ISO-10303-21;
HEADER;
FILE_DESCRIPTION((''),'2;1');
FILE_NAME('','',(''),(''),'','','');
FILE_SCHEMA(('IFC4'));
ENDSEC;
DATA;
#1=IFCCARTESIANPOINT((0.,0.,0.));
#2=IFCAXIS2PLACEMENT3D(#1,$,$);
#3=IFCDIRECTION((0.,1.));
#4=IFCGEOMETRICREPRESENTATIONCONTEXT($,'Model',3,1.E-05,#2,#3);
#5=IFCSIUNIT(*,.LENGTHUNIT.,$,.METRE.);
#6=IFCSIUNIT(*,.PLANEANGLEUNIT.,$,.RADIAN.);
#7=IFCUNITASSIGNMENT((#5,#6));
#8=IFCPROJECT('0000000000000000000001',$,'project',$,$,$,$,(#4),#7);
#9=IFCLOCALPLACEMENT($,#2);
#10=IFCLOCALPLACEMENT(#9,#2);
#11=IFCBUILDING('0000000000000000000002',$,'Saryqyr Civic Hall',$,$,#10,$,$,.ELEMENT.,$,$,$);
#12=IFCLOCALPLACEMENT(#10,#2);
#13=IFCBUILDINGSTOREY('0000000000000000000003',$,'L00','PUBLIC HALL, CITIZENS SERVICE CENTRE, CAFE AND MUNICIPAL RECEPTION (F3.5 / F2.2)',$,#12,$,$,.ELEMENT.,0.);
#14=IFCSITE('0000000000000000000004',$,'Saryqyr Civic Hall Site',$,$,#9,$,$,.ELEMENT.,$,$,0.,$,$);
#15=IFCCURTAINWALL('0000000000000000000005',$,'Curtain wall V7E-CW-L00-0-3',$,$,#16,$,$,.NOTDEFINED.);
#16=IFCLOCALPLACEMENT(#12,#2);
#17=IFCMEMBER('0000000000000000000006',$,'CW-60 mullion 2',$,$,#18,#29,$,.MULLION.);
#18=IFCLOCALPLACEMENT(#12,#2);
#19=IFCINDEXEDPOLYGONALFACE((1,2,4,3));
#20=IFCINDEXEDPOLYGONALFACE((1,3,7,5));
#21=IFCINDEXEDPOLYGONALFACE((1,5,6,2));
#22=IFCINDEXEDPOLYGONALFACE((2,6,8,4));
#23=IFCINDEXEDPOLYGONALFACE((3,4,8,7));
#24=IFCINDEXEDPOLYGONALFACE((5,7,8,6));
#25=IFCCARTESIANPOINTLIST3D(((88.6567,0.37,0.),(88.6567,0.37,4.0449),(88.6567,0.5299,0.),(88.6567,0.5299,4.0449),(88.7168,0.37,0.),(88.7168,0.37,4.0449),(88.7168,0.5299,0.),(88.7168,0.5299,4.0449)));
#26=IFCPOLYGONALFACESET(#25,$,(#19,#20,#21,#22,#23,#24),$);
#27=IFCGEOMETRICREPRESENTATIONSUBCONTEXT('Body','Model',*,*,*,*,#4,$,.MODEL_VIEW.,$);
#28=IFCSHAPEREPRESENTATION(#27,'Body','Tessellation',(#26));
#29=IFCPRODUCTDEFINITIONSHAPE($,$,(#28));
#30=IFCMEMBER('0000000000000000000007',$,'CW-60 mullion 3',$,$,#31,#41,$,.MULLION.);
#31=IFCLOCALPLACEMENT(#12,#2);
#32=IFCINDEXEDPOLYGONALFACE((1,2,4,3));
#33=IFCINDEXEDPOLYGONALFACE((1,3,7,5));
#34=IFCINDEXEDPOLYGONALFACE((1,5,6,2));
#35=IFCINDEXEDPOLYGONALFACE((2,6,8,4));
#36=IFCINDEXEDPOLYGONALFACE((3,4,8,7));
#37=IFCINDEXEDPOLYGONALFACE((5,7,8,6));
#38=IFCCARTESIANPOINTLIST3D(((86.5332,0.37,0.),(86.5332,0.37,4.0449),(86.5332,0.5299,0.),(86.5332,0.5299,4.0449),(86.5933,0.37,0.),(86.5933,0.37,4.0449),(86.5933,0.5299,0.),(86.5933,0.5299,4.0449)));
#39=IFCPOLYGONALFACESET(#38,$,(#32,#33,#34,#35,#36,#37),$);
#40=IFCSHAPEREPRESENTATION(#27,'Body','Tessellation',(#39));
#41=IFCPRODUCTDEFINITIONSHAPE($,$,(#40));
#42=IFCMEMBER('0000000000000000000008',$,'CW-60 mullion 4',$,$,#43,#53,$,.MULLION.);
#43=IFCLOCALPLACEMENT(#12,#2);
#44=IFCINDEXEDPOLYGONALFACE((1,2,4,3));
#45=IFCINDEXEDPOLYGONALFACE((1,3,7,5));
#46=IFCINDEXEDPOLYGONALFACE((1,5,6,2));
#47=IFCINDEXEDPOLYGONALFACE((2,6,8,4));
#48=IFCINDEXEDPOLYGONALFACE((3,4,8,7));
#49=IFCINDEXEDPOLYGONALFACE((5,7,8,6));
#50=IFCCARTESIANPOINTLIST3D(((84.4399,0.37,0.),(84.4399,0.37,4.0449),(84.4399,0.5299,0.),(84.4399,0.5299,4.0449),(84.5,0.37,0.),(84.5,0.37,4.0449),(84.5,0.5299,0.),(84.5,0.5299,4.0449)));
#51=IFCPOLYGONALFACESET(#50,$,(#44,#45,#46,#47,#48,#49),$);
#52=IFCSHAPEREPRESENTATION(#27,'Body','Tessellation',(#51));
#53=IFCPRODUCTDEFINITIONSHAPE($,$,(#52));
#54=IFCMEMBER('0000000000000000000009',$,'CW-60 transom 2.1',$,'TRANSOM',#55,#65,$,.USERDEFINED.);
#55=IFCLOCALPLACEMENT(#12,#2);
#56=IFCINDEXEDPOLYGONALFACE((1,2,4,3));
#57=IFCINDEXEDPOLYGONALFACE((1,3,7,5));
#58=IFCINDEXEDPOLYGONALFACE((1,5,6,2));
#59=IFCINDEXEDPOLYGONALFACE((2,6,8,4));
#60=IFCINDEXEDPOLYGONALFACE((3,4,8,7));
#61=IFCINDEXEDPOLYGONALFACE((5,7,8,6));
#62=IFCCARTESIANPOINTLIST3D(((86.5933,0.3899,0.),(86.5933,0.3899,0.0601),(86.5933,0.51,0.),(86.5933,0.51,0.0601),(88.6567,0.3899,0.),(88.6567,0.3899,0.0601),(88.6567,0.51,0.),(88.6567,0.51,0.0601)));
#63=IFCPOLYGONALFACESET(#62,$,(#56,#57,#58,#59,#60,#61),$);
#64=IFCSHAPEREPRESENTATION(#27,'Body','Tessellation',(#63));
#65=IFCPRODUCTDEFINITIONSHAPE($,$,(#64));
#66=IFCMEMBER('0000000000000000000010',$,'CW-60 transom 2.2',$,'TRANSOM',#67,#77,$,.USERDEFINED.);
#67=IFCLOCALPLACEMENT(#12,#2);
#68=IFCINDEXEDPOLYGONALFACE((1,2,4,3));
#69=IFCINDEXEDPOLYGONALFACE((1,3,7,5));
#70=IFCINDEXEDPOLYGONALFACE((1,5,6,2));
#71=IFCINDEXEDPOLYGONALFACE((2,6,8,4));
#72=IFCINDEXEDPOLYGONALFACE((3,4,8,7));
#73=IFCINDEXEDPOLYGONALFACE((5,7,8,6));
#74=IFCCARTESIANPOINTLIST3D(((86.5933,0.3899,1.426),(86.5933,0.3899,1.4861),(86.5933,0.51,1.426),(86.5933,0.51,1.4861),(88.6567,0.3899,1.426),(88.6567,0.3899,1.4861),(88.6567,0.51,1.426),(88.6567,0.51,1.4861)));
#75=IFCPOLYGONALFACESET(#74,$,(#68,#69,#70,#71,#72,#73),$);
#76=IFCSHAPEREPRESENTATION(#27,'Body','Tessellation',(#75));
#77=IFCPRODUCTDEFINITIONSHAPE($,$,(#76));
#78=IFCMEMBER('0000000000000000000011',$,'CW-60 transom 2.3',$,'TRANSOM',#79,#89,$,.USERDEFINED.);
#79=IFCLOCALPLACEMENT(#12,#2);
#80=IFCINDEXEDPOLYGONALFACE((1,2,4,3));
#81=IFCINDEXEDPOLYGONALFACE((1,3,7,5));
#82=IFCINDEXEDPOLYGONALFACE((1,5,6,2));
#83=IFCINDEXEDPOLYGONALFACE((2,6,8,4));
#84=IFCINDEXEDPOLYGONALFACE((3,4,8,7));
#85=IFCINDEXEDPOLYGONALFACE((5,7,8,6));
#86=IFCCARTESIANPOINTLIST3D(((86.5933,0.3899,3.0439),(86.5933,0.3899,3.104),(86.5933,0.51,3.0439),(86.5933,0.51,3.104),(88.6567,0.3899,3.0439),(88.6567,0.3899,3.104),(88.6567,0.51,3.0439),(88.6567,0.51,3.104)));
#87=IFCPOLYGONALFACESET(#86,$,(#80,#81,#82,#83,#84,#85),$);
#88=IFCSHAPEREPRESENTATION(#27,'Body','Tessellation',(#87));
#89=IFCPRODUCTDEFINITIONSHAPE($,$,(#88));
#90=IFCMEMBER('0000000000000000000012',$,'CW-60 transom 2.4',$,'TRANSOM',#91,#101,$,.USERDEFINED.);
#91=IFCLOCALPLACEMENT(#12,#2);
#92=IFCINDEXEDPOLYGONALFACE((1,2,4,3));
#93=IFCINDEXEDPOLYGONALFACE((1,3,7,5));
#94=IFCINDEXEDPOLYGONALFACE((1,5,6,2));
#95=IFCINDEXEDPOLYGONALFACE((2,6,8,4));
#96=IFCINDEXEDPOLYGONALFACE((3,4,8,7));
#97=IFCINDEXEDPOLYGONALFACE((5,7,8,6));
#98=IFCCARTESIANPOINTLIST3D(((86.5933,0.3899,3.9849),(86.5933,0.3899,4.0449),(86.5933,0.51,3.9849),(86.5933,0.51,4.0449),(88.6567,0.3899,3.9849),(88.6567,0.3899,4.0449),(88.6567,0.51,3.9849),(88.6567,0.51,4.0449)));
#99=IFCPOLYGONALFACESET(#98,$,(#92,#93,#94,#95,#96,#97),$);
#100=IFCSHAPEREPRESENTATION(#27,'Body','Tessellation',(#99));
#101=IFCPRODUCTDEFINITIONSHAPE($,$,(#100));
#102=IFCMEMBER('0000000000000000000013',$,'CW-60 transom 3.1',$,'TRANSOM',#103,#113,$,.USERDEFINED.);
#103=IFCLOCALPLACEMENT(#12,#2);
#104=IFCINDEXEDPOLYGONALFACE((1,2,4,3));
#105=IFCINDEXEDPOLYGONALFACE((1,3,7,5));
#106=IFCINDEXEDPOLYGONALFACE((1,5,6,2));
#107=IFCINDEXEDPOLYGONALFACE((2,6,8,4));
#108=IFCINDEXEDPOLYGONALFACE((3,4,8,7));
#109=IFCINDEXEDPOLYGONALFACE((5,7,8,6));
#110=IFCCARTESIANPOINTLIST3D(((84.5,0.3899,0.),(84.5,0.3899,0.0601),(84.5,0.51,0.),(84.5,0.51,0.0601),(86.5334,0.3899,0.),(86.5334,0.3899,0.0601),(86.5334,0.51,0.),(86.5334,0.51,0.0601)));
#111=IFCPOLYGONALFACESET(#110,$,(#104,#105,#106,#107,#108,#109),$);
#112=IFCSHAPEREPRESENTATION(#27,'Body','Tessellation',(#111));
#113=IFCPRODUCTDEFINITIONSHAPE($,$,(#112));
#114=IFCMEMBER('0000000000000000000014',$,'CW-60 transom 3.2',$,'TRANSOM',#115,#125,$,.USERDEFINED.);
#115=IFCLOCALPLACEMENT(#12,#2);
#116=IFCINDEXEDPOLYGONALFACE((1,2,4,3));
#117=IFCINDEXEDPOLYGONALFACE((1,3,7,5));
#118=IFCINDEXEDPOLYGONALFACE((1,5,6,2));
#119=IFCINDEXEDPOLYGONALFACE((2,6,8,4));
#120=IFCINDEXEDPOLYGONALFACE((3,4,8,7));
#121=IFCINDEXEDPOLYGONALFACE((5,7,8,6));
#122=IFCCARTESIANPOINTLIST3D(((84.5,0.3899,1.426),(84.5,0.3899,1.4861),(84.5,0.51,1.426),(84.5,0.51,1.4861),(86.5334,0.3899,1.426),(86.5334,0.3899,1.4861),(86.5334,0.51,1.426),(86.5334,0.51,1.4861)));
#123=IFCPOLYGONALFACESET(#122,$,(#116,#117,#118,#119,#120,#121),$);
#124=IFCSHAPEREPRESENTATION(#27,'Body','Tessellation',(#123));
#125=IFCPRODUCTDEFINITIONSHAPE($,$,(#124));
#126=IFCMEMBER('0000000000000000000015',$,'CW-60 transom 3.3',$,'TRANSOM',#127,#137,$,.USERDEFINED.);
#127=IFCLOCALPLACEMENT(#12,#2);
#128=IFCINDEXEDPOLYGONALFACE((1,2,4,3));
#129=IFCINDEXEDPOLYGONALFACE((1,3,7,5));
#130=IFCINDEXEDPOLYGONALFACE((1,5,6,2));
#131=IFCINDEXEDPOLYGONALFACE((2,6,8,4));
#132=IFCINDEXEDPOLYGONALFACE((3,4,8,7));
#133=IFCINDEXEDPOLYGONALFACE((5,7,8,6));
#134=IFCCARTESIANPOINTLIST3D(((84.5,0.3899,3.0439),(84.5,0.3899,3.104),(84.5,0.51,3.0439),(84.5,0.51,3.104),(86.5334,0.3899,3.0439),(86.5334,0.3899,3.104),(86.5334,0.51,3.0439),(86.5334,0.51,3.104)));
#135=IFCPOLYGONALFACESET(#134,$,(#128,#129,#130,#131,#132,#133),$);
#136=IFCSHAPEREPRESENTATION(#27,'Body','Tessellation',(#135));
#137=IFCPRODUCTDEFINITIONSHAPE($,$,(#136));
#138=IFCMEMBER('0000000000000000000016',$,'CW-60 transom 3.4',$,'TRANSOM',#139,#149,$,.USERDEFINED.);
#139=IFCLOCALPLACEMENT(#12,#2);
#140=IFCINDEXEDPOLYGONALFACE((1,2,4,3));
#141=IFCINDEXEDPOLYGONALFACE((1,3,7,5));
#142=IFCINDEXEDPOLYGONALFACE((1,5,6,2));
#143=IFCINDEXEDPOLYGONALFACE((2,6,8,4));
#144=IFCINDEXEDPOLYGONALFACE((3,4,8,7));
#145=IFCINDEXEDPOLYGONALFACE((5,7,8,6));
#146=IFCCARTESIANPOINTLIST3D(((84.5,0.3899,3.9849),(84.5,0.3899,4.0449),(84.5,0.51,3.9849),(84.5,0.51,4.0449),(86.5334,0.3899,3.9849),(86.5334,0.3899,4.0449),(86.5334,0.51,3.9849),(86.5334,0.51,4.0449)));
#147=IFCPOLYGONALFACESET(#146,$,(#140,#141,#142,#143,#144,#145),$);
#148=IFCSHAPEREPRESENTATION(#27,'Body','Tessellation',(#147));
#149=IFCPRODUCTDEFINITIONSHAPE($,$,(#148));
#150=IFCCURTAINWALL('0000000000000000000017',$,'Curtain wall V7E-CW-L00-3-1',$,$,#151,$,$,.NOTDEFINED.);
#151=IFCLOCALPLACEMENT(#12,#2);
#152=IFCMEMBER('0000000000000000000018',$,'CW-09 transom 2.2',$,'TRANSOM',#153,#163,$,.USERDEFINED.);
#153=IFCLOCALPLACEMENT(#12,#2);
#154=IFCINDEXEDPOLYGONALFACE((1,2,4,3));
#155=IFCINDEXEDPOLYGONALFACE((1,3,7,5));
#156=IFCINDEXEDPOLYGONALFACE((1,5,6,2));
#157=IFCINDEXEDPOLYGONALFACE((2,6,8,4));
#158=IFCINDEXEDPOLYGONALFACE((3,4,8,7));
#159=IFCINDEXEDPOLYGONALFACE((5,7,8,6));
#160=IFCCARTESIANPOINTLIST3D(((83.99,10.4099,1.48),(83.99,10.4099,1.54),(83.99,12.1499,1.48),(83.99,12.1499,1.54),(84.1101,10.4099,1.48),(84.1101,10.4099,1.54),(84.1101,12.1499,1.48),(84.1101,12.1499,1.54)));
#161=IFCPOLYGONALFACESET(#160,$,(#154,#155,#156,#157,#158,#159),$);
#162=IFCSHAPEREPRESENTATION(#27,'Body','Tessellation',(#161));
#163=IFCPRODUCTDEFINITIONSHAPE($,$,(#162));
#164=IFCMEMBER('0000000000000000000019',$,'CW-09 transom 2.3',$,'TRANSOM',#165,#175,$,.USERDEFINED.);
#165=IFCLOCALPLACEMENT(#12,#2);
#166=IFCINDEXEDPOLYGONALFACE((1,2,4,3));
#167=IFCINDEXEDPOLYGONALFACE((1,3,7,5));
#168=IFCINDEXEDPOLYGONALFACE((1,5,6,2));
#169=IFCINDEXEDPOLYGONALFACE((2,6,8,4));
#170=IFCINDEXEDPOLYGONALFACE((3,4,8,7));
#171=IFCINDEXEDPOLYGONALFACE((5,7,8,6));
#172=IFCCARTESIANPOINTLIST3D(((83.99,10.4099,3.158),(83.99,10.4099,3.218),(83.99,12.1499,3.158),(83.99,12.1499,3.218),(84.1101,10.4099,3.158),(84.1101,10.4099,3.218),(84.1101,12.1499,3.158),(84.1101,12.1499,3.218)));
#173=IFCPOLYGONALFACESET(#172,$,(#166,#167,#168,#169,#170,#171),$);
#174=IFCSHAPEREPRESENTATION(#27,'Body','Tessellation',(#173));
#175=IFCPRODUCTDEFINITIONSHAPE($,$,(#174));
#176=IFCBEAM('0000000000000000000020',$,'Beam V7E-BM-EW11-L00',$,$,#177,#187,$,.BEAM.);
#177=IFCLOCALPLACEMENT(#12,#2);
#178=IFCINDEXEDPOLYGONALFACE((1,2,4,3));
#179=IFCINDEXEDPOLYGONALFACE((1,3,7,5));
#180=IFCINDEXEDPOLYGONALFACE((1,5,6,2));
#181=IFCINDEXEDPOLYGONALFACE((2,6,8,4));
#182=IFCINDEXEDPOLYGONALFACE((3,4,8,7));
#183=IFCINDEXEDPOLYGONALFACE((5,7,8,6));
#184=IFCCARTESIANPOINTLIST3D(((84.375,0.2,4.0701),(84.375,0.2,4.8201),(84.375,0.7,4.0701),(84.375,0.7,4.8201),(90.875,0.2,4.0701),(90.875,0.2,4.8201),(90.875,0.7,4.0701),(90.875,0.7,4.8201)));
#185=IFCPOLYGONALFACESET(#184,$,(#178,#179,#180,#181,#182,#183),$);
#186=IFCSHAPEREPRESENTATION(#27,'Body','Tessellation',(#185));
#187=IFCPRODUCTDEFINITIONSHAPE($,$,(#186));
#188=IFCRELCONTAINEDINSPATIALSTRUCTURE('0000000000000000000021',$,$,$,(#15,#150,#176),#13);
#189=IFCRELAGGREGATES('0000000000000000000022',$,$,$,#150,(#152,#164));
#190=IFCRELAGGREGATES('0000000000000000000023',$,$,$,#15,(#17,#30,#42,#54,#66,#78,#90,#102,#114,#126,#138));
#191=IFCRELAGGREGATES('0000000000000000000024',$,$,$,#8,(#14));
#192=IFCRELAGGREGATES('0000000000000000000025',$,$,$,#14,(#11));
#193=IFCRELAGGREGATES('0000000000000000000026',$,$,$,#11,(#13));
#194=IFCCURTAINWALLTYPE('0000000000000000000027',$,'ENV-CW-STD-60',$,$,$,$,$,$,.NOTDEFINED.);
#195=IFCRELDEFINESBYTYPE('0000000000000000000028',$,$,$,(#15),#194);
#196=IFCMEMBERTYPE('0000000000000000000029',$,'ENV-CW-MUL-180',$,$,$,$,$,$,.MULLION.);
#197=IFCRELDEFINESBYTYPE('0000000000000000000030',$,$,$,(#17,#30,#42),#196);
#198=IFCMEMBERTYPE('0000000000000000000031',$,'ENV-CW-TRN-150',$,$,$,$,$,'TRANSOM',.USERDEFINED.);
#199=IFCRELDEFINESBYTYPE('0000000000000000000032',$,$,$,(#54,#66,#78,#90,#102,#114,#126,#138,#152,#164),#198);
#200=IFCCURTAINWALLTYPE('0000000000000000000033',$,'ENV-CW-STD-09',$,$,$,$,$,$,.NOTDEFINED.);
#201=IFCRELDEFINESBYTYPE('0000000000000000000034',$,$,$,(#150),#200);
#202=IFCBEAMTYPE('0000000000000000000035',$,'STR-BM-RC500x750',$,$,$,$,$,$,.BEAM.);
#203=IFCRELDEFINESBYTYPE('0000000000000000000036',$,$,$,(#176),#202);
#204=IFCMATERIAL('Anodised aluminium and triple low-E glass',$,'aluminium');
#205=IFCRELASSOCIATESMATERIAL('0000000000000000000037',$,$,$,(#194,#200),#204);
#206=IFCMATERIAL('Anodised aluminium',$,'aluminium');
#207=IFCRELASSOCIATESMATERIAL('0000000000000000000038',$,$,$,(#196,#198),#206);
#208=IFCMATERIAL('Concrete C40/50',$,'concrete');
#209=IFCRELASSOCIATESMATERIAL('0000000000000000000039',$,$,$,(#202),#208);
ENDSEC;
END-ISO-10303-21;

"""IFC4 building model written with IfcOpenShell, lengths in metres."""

from ifc_helpers import new_model, si_unit, direction, frame, origin, origin_2d, place, context, subcontext, project, spatial, rectangle, extrude, material, material_profile, profile_set, type_object, element, aggregate, save


model = new_model("IFC4")

# Units and contexts
model_context = context("Model", 3, precision=1e-05, world=origin(), true_north=direction((0.0, 1.0)))
body_context = subcontext(model_context, "Body", "Model", "MODEL_VIEW")
ifc_project = project(units=[si_unit("LENGTHUNIT", "METRE"), si_unit("PLANEANGLEUNIT", "RADIAN")], contexts=[model_context])

# Site, building, storey
site_placement = place(None, origin())
site = spatial("IfcSite", under=ifc_project, at=site_placement, Name="Saryqyr Civic Hall Site", CompositionType="ELEMENT", RefElevation=0.0)
building_placement = place(site_placement, origin())
building = spatial("IfcBuilding", under=site, at=building_placement, Name="Saryqyr Civic Hall", CompositionType="ELEMENT")
storey_placement = place(building_placement, origin())
storey = spatial("IfcBuildingStorey", under=building, at=storey_placement, Name="L00", Description="PUBLIC HALL, CITIZENS SERVICE CENTRE, CAFE AND MUNICIPAL RECEPTION (F3.5 / F2.2)", CompositionType="ELEMENT", Elevation=0.0)

# Curtain walls, members
ifc_material_1 = material(Name="Anodised aluminium and triple low-E glass", Category="aluminium")
curtain_wall_type_1 = type_object("IfcCurtainWallType", Name="ENV-CW-STD-60", PredefinedType="NOTDEFINED", material=ifc_material_1)
curtain_wall_1_placement = place(storey_placement, origin())
curtain_wall_1 = element("IfcCurtainWall", 1, at=curtain_wall_1_placement, inside=storey, type_object=curtain_wall_type_1, Name="Curtain wall V7E-CW-L00-0-3", PredefinedType="NOTDEFINED")
ifc_material_2 = material(Name="Anodised aluminium", Category="aluminium")
ifc_material_profile_1 = material_profile(ifc_material_2, rectangle(XDim=0.0601, YDim=0.1599, at=origin_2d()), Name="ALU MULLION 60x160")
ifc_profile_set_1 = profile_set([ifc_material_profile_1], Name="Anodised aluminium")
member_type_1 = type_object("IfcMemberType", Name="ENV-CW-MUL-180", PredefinedType="MULLION", material=ifc_profile_set_1)
member_1_placement = place(storey_placement, frame((88.6868, 0.45, 0.0), z_axis=(0.0, 0.0, 1.0), x_axis=(-1.0, 0.0, 0.0)))
member_1 = element("IfcMember", 2, at=member_1_placement, type_object=member_type_1, Name="CW-60 mullion 2", PredefinedType="MULLION", context=body_context, shape_type="SweptSolid", body=[
    extrude(rectangle(XDim=0.0601, YDim=0.1599, at=origin_2d()), origin(), (0.0, 0.0, 1.0), 4.0449),
])
member_2_placement = place(storey_placement, frame((86.5632, 0.45, 0.0), z_axis=(0.0, 0.0, 1.0), x_axis=(-1.0, 0.0, 0.0)))
member_2 = element("IfcMember", 3, at=member_2_placement, type_object=member_type_1, Name="CW-60 mullion 3", PredefinedType="MULLION", context=body_context, shape_type="SweptSolid", body=[
    extrude(rectangle(XDim=0.0601, YDim=0.1599, at=origin_2d()), origin(), (0.0, 0.0, 1.0), 4.0449),
])
member_3_placement = place(storey_placement, frame((84.47, 0.45, 0.0), z_axis=(0.0, 0.0, 1.0), x_axis=(-1.0, 0.0, 0.0)))
member_3 = element("IfcMember", 4, at=member_3_placement, type_object=member_type_1, Name="CW-60 mullion 4", PredefinedType="MULLION", context=body_context, shape_type="SweptSolid", body=[
    extrude(rectangle(XDim=0.0601, YDim=0.1599, at=origin_2d()), origin(), (0.0, 0.0, 1.0), 4.0449),
])
ifc_material_profile_2 = material_profile(ifc_material_2, rectangle(XDim=0.1201, YDim=0.0601, at=origin_2d()), Name="ALU TRANSOM 120x60")
ifc_profile_set_2 = profile_set([ifc_material_profile_2], Name="Anodised aluminium")
member_type_2 = type_object("IfcMemberType", Name="ENV-CW-TRN-150", ElementType="TRANSOM", PredefinedType="USERDEFINED", material=ifc_profile_set_2)
member_4_placement = place(storey_placement, frame((88.6567, 0.45, 0.03), z_axis=(-1.0, 0.0, 0.0), x_axis=(0.0, -1.0, 0.0)))
member_4 = element("IfcMember", 5, at=member_4_placement, type_object=member_type_2, Name="CW-60 transom 2.1", ObjectType="TRANSOM", PredefinedType="USERDEFINED", context=body_context, shape_type="SweptSolid", body=[
    extrude(rectangle(XDim=0.1201, YDim=0.0601, at=origin_2d()), origin(), (0.0, 0.0, 1.0), 2.0635),
])
member_5_placement = place(storey_placement, frame((88.6567, 0.45, 1.4561), z_axis=(-1.0, 0.0, 0.0), x_axis=(0.0, -1.0, 0.0)))
member_5 = element("IfcMember", 6, at=member_5_placement, type_object=member_type_2, Name="CW-60 transom 2.2", ObjectType="TRANSOM", PredefinedType="USERDEFINED", context=body_context, shape_type="SweptSolid", body=[
    extrude(rectangle(XDim=0.1201, YDim=0.0601, at=origin_2d()), origin(), (0.0, 0.0, 1.0), 2.0635),
])
member_6_placement = place(storey_placement, frame((88.6567, 0.45, 3.074), z_axis=(-1.0, 0.0, 0.0), x_axis=(0.0, -1.0, 0.0)))
member_6 = element("IfcMember", 7, at=member_6_placement, type_object=member_type_2, Name="CW-60 transom 2.3", ObjectType="TRANSOM", PredefinedType="USERDEFINED", context=body_context, shape_type="SweptSolid", body=[
    extrude(rectangle(XDim=0.1201, YDim=0.0601, at=origin_2d()), origin(), (0.0, 0.0, 1.0), 2.0635),
])
member_7_placement = place(storey_placement, frame((88.6567, 0.45, 4.0149), z_axis=(-1.0, 0.0, 0.0), x_axis=(0.0, -1.0, 0.0)))
member_7 = element("IfcMember", 8, at=member_7_placement, type_object=member_type_2, Name="CW-60 transom 2.4", ObjectType="TRANSOM", PredefinedType="USERDEFINED", context=body_context, shape_type="SweptSolid", body=[
    extrude(rectangle(XDim=0.1201, YDim=0.0601, at=origin_2d()), origin(), (0.0, 0.0, 1.0), 2.0635),
])
member_8_placement = place(storey_placement, frame((86.5334, 0.45, 0.03), z_axis=(-1.0, 0.0, 0.0), x_axis=(0.0, -1.0, 0.0)))
member_8 = element("IfcMember", 9, at=member_8_placement, type_object=member_type_2, Name="CW-60 transom 3.1", ObjectType="TRANSOM", PredefinedType="USERDEFINED", context=body_context, shape_type="SweptSolid", body=[
    extrude(rectangle(XDim=0.1201, YDim=0.0601, at=origin_2d()), origin(), (0.0, 0.0, 1.0), 2.0334),
])
member_9_placement = place(storey_placement, frame((86.5334, 0.45, 1.4561), z_axis=(-1.0, 0.0, 0.0), x_axis=(0.0, -1.0, 0.0)))
member_9 = element("IfcMember", 10, at=member_9_placement, type_object=member_type_2, Name="CW-60 transom 3.2", ObjectType="TRANSOM", PredefinedType="USERDEFINED", context=body_context, shape_type="SweptSolid", body=[
    extrude(rectangle(XDim=0.1201, YDim=0.0601, at=origin_2d()), origin(), (0.0, 0.0, 1.0), 2.0334),
])
member_10_placement = place(storey_placement, frame((86.5334, 0.45, 3.074), z_axis=(-1.0, 0.0, 0.0), x_axis=(0.0, -1.0, 0.0)))
member_10 = element("IfcMember", 11, at=member_10_placement, type_object=member_type_2, Name="CW-60 transom 3.3", ObjectType="TRANSOM", PredefinedType="USERDEFINED", context=body_context, shape_type="SweptSolid", body=[
    extrude(rectangle(XDim=0.1201, YDim=0.0601, at=origin_2d()), origin(), (0.0, 0.0, 1.0), 2.0334),
])
member_11_placement = place(storey_placement, frame((86.5334, 0.45, 4.0149), z_axis=(-1.0, 0.0, 0.0), x_axis=(0.0, -1.0, 0.0)))
member_11 = element("IfcMember", 12, at=member_11_placement, type_object=member_type_2, Name="CW-60 transom 3.4", ObjectType="TRANSOM", PredefinedType="USERDEFINED", context=body_context, shape_type="SweptSolid", body=[
    extrude(rectangle(XDim=0.1201, YDim=0.0601, at=origin_2d()), origin(), (0.0, 0.0, 1.0), 2.0334),
])
curtain_wall_type_2 = type_object("IfcCurtainWallType", Name="ENV-CW-STD-09", PredefinedType="NOTDEFINED", material=ifc_material_1)
curtain_wall_2_placement = place(storey_placement, origin())
curtain_wall_2 = element("IfcCurtainWall", 13, at=curtain_wall_2_placement, inside=storey, type_object=curtain_wall_type_2, Name="Curtain wall V7E-CW-L00-3-1", PredefinedType="NOTDEFINED")
member_12_placement = place(storey_placement, frame((84.05, 10.4099, 1.51), z_axis=(0.0, 1.0, 0.0), x_axis=(-1.0, 0.0, 0.0)))
member_12 = element("IfcMember", 14, at=member_12_placement, type_object=member_type_2, Name="CW-09 transom 2.2", ObjectType="TRANSOM", PredefinedType="USERDEFINED", context=body_context, shape_type="SweptSolid", body=[
    extrude(rectangle(XDim=0.1201, YDim=0.0601, at=origin_2d()), origin(), (0.0, 0.0, 1.0), 1.74),
])
member_13_placement = place(storey_placement, frame((84.05, 10.4099, 3.188), z_axis=(0.0, 1.0, 0.0), x_axis=(-1.0, 0.0, 0.0)))
member_13 = element("IfcMember", 15, at=member_13_placement, type_object=member_type_2, Name="CW-09 transom 2.3", ObjectType="TRANSOM", PredefinedType="USERDEFINED", context=body_context, shape_type="SweptSolid", body=[
    extrude(rectangle(XDim=0.1201, YDim=0.0601, at=origin_2d()), origin(), (0.0, 0.0, 1.0), 1.74),
])
aggregate(curtain_wall_2, [member_12, member_13])

# Beam
ifc_material_3 = material(Name="Concrete C40/50", Category="concrete")
ifc_material_profile_3 = material_profile(ifc_material_3, rectangle(XDim=0.5, YDim=0.75, at=origin_2d()), Name="RC 500x750")
ifc_profile_set_3 = profile_set([ifc_material_profile_3], Name="Concrete C40/50")
beam_type = type_object("IfcBeamType", Name="STR-BM-RC500x750", PredefinedType="BEAM", material=ifc_profile_set_3)
beam_placement = place(storey_placement, frame((84.375, 0.45, 4.4451), z_axis=(1.0, 0.0, 0.0), x_axis=(0.0, 1.0, 0.0)))
element("IfcBeam", 16, at=beam_placement, inside=storey, type_object=beam_type, Name="Beam V7E-BM-EW11-L00", PredefinedType="BEAM", context=body_context, shape_type="SweptSolid", body=[
    extrude(rectangle(XDim=0.5, YDim=0.75, at=origin_2d()), origin(), (0.0, 0.0, 1.0), 6.5),
])

aggregate(curtain_wall_1, [member_1, member_2, member_3, member_4, member_5, member_6, member_7, member_8, member_9, member_10, member_11])

save(model, "model.ifc")
